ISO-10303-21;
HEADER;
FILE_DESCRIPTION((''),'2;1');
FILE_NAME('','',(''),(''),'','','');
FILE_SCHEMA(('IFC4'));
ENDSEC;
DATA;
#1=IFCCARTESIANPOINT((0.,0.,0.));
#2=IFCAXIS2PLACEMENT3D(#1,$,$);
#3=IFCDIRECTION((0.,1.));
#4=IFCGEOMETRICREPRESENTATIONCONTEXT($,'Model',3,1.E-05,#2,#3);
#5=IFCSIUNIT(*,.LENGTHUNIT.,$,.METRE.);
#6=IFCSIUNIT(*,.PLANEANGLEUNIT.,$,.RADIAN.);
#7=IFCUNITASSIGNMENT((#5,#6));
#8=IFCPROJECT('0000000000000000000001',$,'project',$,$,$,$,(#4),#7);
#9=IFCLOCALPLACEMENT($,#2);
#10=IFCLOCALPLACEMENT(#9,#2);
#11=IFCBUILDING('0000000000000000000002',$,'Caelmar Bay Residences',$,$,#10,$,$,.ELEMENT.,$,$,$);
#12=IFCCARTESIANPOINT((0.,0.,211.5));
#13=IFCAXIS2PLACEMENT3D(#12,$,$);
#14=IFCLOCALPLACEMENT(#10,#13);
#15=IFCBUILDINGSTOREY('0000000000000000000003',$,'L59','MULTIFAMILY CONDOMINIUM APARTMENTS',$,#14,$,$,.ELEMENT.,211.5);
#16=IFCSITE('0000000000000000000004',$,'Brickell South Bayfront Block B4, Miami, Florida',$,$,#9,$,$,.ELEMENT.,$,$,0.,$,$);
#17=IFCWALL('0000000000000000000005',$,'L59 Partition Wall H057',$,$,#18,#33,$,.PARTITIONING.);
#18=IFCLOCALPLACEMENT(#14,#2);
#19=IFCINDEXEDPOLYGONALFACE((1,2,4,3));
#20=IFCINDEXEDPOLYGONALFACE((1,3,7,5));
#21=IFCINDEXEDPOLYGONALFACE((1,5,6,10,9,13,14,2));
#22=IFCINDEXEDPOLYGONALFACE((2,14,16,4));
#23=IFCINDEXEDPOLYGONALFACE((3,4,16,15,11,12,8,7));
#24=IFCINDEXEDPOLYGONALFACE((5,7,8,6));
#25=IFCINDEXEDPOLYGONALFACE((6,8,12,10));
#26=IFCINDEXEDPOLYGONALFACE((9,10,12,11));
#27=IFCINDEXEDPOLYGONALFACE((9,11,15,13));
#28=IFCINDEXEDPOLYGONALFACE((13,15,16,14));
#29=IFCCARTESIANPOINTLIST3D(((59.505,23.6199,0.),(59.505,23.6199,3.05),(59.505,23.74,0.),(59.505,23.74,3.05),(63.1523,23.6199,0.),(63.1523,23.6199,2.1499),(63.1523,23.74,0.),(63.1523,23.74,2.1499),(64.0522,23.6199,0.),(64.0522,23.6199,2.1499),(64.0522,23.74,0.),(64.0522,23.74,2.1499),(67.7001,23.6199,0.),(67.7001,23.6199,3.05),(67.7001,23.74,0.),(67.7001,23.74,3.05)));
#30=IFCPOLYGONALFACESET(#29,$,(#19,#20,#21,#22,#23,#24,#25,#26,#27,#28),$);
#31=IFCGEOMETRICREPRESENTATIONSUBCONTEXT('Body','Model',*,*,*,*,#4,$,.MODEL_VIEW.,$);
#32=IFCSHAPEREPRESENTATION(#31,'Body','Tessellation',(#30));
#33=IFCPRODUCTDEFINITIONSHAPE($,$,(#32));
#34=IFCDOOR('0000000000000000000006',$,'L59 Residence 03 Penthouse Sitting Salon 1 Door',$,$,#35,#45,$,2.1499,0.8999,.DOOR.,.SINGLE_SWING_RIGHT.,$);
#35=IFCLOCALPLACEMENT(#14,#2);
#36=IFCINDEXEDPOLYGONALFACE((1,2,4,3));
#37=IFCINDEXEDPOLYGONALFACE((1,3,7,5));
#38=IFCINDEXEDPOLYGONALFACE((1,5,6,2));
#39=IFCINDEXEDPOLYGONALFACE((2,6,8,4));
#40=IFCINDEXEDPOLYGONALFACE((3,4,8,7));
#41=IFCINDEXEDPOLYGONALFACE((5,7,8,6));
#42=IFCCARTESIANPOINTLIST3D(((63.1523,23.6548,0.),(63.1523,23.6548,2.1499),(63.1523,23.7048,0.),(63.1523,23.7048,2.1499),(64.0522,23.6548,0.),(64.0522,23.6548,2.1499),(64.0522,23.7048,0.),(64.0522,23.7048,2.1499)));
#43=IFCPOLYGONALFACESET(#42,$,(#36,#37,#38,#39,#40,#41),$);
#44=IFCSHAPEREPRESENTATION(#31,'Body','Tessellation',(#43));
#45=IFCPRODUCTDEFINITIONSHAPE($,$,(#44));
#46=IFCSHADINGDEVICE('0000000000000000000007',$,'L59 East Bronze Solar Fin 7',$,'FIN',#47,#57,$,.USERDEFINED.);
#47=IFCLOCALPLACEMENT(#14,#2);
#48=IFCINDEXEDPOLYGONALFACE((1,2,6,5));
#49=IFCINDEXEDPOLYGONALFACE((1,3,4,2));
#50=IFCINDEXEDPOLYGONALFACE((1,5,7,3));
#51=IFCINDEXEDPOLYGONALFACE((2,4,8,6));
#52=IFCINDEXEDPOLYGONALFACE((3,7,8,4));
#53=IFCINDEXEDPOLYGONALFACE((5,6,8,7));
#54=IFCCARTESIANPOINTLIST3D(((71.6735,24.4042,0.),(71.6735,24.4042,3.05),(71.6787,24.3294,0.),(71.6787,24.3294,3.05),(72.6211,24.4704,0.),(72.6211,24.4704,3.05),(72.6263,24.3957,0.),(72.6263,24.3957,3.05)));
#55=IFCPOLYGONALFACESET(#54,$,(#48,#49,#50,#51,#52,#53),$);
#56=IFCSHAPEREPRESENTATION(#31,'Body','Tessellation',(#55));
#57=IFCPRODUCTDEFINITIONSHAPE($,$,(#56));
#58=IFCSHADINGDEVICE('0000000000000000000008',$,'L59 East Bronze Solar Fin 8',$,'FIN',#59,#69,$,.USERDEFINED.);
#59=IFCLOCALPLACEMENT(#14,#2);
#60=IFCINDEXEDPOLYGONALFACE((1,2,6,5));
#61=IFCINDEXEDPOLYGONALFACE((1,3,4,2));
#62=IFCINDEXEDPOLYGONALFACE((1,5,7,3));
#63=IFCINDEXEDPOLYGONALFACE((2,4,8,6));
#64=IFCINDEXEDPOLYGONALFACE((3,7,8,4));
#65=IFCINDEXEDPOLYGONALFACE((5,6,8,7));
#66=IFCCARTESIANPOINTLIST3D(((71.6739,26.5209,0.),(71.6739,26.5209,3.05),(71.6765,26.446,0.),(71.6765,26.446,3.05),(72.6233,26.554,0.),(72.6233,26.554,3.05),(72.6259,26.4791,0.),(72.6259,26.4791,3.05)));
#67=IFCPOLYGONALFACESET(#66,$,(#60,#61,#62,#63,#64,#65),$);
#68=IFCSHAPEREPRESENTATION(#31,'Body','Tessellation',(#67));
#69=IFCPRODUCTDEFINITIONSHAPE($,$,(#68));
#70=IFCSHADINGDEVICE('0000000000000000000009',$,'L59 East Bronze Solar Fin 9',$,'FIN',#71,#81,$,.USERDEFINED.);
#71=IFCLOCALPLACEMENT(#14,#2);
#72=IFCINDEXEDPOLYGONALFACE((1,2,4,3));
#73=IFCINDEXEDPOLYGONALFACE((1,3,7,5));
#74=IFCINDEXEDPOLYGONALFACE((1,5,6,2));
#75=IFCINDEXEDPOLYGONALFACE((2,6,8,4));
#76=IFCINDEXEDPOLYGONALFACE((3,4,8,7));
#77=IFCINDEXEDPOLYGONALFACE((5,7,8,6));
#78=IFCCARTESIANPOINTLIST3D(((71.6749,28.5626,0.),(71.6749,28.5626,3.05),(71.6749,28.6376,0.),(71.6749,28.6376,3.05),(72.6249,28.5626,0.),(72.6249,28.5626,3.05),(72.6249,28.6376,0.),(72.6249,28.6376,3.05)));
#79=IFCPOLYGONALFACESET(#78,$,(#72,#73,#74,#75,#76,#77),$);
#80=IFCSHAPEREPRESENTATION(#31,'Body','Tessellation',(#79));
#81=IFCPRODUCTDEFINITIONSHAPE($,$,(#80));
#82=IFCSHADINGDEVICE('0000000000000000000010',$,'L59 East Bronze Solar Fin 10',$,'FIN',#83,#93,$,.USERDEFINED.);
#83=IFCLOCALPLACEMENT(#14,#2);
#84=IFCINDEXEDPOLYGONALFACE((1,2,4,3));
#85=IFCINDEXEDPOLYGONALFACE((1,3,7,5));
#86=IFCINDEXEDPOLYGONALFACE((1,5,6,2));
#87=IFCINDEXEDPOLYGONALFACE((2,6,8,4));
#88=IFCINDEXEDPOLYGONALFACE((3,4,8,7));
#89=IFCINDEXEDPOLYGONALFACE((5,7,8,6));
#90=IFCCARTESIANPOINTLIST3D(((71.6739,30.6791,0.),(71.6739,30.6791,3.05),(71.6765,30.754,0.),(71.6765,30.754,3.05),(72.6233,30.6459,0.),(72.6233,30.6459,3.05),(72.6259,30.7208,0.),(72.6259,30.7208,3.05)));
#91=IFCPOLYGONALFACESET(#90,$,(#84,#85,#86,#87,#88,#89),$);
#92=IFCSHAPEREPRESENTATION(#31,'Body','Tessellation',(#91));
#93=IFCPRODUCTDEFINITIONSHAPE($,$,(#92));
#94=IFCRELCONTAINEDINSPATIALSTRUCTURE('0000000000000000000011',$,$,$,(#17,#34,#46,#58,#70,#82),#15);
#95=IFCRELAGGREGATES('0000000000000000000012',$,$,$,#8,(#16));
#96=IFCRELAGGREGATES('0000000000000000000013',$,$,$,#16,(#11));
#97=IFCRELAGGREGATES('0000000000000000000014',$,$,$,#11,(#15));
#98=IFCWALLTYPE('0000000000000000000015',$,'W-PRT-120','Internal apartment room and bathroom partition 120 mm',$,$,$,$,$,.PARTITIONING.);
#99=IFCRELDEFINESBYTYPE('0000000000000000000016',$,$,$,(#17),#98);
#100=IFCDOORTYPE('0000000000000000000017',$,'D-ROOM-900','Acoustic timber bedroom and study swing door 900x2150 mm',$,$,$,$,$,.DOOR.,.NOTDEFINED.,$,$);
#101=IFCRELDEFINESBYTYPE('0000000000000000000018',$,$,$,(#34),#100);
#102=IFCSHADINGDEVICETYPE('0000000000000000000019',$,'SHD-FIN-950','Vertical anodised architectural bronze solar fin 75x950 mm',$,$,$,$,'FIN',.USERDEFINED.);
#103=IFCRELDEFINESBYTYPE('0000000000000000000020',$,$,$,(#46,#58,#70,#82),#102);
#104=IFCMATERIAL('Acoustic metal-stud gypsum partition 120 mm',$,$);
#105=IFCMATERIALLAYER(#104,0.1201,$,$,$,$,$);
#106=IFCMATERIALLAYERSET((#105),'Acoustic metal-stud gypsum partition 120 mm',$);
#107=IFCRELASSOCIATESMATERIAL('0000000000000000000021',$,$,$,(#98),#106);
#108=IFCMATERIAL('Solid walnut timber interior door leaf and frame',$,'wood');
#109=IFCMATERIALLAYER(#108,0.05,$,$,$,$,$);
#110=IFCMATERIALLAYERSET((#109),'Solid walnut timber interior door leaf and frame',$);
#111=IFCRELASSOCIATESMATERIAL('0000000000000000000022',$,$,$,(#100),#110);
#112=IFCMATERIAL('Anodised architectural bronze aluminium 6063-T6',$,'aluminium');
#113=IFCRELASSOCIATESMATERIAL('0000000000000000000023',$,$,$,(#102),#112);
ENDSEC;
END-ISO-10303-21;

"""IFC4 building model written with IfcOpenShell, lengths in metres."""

from ifc_helpers import new_model, si_unit, direction, frame, frame_2d, origin, origin_2d, place, context, subcontext, project, spatial, rectangle, extrude, material, layer, layer_set, material_profile, profile_set, type_object, element, fill, save


model = new_model("IFC4")

# Units and contexts
model_context = context("Model", 3, precision=1e-05, world=origin(), true_north=direction((0.0, 1.0)))
body_context = subcontext(model_context, "Body", "Model", "MODEL_VIEW")
ifc_project = project(units=[si_unit("LENGTHUNIT", "METRE"), si_unit("PLANEANGLEUNIT", "RADIAN")], contexts=[model_context])

# Site, building, storey
site_placement = place(None, origin())
site = spatial("IfcSite", under=ifc_project, at=site_placement, Name="Brickell South Bayfront Block B4, Miami, Florida", CompositionType="ELEMENT", RefElevation=0.0)
building_placement = place(site_placement, origin())
building = spatial("IfcBuilding", under=site, at=building_placement, Name="Caelmar Bay Residences", CompositionType="ELEMENT")
storey_placement = place(building_placement, frame((0.0, 0.0, 211.5)))
storey = spatial("IfcBuildingStorey", under=building, at=storey_placement, Name="L59", Description="MULTIFAMILY CONDOMINIUM APARTMENTS", CompositionType="ELEMENT", Elevation=211.5)

# Wall, opening, door
ifc_material_1 = material(Name="Acoustic metal-stud gypsum partition 120 mm")
ifc_layer_1 = layer(ifc_material_1, 0.1201)
ifc_layer_set_1 = layer_set([ifc_layer_1], Name="Acoustic metal-stud gypsum partition 120 mm")
wall_type = type_object("IfcWallType", Name="W-PRT-120", Description="Internal apartment room and bathroom partition 120 mm", PredefinedType="PARTITIONING", material=ifc_layer_set_1)
ifc_material_2 = material(Name="Solid walnut timber interior door leaf and frame", Category="wood")
wall_1_placement = place(storey_placement, frame((59.5049, 23.6799, 0.0), z_axis=(0.0, 0.0, 1.0), x_axis=(1.0, 0.0, 0.0)))
wall_1 = element("IfcWall", 1, at=wall_1_placement, inside=storey, type_object=wall_type, Name="L59 Partition Wall H057", PredefinedType="PARTITIONING", context=body_context, shape_type="SweptSolid", body=[
    extrude(rectangle(XDim=8.1951, YDim=0.1201, at=frame_2d((4.0977, 0.0))), origin(), (0.0, 0.0, 1.0), 3.05),
])
opening_1_placement = place(wall_1_placement, frame((3.6475, 0.0, 0.0)))
opening_1 = element("IfcOpeningElement", 2, at=opening_1_placement, cuts=wall_1, PredefinedType="OPENING", context=body_context, shape_type="SweptSolid", body=[
    extrude(rectangle(XDim=0.8999, YDim=2.1499, at=frame_2d((0.45, 1.075))), frame((0.0, 0.0701, 0.0), z_axis=(0.0, -1.0, 0.0), x_axis=(1.0, 0.0, 0.0)), (0.0, 0.0, 1.0), 0.1401),
])
ifc_layer_2 = layer(ifc_material_2, 0.05)
ifc_layer_set_2 = layer_set([ifc_layer_2], Name="Solid walnut timber interior door leaf and frame")
door_type_1 = type_object("IfcDoorType", Name="D-ROOM-900", Description="Acoustic timber bedroom and study swing door 900x2150 mm", OperationType="NOTDEFINED", PredefinedType="DOOR", material=ifc_layer_set_2)
door_1_placement = place(opening_1_placement, origin())
door_1 = element("IfcDoor", 3, at=door_1_placement, inside=storey, type_object=door_type_1, Name="L59 Residence 03 Penthouse Sitting Salon 1 Door", OperationType="SINGLE_SWING_RIGHT", OverallHeight=2.1499, OverallWidth=0.8999, PredefinedType="DOOR", context=body_context, shape_type="SweptSolid", body=[
    extrude(rectangle(XDim=0.8999, YDim=2.1499, at=frame_2d((0.45, 1.075))), frame((0.0, 0.0249, 0.0), z_axis=(0.0, -1.0, 0.0), x_axis=(1.0, 0.0, 0.0)), (0.0, 0.0, 1.0), 0.05),
])
fill(opening_1, door_1)

# Shading devices
ifc_material_3 = material(Name="Anodised architectural bronze aluminium 6063-T6", Category="aluminium")
ifc_material_profile_1 = material_profile(ifc_material_3, rectangle(XDim=0.075, YDim=0.95, at=origin_2d()), Name="BRONZE-FIN-75X950")
ifc_profile_set_1 = profile_set([ifc_material_profile_1], Name="Anodised architectural bronze aluminium 6063-T6")
shading_device_type = type_object("IfcShadingDeviceType", Name="SHD-FIN-950", Description="Vertical anodised architectural bronze solar fin 75x950 mm", ElementType="FIN", PredefinedType="USERDEFINED", material=ifc_profile_set_1)
for number, where, z_axis, x_axis, name in (
    (4, (72.1499, 24.3999, 0.0), (0.0, 0.0, 1.0), (-0.069756, 0.997564, 0.0), "L59 East Bronze Solar Fin 7"),
    (5, (72.1499, 26.5, 0.0), (0.0, 0.0, 1.0), (-0.034899, 0.999391, 0.0), "L59 East Bronze Solar Fin 8"),
    (6, (72.1499, 28.6001, 0.0), (0.0, 0.0, 1.0), (0.0, 1.0, 0.0), "L59 East Bronze Solar Fin 9"),
    (7, (72.1499, 30.7, 0.0), (0.0, 0.0, 1.0), (0.034899, 0.999391, 0.0), "L59 East Bronze Solar Fin 10"),
):
    element("IfcShadingDevice", number, at=place(storey_placement, frame(where, z_axis=z_axis, x_axis=x_axis)), inside=storey, type_object=shading_device_type, Name=name, ObjectType="FIN", PredefinedType="USERDEFINED", context=body_context, shape_type="SweptSolid", body=[
        extrude(rectangle(XDim=0.075, YDim=0.95, at=origin_2d()), origin(), (0.0, 0.0, 1.0), 3.05),
    ])

save(model, "model.ifc")
